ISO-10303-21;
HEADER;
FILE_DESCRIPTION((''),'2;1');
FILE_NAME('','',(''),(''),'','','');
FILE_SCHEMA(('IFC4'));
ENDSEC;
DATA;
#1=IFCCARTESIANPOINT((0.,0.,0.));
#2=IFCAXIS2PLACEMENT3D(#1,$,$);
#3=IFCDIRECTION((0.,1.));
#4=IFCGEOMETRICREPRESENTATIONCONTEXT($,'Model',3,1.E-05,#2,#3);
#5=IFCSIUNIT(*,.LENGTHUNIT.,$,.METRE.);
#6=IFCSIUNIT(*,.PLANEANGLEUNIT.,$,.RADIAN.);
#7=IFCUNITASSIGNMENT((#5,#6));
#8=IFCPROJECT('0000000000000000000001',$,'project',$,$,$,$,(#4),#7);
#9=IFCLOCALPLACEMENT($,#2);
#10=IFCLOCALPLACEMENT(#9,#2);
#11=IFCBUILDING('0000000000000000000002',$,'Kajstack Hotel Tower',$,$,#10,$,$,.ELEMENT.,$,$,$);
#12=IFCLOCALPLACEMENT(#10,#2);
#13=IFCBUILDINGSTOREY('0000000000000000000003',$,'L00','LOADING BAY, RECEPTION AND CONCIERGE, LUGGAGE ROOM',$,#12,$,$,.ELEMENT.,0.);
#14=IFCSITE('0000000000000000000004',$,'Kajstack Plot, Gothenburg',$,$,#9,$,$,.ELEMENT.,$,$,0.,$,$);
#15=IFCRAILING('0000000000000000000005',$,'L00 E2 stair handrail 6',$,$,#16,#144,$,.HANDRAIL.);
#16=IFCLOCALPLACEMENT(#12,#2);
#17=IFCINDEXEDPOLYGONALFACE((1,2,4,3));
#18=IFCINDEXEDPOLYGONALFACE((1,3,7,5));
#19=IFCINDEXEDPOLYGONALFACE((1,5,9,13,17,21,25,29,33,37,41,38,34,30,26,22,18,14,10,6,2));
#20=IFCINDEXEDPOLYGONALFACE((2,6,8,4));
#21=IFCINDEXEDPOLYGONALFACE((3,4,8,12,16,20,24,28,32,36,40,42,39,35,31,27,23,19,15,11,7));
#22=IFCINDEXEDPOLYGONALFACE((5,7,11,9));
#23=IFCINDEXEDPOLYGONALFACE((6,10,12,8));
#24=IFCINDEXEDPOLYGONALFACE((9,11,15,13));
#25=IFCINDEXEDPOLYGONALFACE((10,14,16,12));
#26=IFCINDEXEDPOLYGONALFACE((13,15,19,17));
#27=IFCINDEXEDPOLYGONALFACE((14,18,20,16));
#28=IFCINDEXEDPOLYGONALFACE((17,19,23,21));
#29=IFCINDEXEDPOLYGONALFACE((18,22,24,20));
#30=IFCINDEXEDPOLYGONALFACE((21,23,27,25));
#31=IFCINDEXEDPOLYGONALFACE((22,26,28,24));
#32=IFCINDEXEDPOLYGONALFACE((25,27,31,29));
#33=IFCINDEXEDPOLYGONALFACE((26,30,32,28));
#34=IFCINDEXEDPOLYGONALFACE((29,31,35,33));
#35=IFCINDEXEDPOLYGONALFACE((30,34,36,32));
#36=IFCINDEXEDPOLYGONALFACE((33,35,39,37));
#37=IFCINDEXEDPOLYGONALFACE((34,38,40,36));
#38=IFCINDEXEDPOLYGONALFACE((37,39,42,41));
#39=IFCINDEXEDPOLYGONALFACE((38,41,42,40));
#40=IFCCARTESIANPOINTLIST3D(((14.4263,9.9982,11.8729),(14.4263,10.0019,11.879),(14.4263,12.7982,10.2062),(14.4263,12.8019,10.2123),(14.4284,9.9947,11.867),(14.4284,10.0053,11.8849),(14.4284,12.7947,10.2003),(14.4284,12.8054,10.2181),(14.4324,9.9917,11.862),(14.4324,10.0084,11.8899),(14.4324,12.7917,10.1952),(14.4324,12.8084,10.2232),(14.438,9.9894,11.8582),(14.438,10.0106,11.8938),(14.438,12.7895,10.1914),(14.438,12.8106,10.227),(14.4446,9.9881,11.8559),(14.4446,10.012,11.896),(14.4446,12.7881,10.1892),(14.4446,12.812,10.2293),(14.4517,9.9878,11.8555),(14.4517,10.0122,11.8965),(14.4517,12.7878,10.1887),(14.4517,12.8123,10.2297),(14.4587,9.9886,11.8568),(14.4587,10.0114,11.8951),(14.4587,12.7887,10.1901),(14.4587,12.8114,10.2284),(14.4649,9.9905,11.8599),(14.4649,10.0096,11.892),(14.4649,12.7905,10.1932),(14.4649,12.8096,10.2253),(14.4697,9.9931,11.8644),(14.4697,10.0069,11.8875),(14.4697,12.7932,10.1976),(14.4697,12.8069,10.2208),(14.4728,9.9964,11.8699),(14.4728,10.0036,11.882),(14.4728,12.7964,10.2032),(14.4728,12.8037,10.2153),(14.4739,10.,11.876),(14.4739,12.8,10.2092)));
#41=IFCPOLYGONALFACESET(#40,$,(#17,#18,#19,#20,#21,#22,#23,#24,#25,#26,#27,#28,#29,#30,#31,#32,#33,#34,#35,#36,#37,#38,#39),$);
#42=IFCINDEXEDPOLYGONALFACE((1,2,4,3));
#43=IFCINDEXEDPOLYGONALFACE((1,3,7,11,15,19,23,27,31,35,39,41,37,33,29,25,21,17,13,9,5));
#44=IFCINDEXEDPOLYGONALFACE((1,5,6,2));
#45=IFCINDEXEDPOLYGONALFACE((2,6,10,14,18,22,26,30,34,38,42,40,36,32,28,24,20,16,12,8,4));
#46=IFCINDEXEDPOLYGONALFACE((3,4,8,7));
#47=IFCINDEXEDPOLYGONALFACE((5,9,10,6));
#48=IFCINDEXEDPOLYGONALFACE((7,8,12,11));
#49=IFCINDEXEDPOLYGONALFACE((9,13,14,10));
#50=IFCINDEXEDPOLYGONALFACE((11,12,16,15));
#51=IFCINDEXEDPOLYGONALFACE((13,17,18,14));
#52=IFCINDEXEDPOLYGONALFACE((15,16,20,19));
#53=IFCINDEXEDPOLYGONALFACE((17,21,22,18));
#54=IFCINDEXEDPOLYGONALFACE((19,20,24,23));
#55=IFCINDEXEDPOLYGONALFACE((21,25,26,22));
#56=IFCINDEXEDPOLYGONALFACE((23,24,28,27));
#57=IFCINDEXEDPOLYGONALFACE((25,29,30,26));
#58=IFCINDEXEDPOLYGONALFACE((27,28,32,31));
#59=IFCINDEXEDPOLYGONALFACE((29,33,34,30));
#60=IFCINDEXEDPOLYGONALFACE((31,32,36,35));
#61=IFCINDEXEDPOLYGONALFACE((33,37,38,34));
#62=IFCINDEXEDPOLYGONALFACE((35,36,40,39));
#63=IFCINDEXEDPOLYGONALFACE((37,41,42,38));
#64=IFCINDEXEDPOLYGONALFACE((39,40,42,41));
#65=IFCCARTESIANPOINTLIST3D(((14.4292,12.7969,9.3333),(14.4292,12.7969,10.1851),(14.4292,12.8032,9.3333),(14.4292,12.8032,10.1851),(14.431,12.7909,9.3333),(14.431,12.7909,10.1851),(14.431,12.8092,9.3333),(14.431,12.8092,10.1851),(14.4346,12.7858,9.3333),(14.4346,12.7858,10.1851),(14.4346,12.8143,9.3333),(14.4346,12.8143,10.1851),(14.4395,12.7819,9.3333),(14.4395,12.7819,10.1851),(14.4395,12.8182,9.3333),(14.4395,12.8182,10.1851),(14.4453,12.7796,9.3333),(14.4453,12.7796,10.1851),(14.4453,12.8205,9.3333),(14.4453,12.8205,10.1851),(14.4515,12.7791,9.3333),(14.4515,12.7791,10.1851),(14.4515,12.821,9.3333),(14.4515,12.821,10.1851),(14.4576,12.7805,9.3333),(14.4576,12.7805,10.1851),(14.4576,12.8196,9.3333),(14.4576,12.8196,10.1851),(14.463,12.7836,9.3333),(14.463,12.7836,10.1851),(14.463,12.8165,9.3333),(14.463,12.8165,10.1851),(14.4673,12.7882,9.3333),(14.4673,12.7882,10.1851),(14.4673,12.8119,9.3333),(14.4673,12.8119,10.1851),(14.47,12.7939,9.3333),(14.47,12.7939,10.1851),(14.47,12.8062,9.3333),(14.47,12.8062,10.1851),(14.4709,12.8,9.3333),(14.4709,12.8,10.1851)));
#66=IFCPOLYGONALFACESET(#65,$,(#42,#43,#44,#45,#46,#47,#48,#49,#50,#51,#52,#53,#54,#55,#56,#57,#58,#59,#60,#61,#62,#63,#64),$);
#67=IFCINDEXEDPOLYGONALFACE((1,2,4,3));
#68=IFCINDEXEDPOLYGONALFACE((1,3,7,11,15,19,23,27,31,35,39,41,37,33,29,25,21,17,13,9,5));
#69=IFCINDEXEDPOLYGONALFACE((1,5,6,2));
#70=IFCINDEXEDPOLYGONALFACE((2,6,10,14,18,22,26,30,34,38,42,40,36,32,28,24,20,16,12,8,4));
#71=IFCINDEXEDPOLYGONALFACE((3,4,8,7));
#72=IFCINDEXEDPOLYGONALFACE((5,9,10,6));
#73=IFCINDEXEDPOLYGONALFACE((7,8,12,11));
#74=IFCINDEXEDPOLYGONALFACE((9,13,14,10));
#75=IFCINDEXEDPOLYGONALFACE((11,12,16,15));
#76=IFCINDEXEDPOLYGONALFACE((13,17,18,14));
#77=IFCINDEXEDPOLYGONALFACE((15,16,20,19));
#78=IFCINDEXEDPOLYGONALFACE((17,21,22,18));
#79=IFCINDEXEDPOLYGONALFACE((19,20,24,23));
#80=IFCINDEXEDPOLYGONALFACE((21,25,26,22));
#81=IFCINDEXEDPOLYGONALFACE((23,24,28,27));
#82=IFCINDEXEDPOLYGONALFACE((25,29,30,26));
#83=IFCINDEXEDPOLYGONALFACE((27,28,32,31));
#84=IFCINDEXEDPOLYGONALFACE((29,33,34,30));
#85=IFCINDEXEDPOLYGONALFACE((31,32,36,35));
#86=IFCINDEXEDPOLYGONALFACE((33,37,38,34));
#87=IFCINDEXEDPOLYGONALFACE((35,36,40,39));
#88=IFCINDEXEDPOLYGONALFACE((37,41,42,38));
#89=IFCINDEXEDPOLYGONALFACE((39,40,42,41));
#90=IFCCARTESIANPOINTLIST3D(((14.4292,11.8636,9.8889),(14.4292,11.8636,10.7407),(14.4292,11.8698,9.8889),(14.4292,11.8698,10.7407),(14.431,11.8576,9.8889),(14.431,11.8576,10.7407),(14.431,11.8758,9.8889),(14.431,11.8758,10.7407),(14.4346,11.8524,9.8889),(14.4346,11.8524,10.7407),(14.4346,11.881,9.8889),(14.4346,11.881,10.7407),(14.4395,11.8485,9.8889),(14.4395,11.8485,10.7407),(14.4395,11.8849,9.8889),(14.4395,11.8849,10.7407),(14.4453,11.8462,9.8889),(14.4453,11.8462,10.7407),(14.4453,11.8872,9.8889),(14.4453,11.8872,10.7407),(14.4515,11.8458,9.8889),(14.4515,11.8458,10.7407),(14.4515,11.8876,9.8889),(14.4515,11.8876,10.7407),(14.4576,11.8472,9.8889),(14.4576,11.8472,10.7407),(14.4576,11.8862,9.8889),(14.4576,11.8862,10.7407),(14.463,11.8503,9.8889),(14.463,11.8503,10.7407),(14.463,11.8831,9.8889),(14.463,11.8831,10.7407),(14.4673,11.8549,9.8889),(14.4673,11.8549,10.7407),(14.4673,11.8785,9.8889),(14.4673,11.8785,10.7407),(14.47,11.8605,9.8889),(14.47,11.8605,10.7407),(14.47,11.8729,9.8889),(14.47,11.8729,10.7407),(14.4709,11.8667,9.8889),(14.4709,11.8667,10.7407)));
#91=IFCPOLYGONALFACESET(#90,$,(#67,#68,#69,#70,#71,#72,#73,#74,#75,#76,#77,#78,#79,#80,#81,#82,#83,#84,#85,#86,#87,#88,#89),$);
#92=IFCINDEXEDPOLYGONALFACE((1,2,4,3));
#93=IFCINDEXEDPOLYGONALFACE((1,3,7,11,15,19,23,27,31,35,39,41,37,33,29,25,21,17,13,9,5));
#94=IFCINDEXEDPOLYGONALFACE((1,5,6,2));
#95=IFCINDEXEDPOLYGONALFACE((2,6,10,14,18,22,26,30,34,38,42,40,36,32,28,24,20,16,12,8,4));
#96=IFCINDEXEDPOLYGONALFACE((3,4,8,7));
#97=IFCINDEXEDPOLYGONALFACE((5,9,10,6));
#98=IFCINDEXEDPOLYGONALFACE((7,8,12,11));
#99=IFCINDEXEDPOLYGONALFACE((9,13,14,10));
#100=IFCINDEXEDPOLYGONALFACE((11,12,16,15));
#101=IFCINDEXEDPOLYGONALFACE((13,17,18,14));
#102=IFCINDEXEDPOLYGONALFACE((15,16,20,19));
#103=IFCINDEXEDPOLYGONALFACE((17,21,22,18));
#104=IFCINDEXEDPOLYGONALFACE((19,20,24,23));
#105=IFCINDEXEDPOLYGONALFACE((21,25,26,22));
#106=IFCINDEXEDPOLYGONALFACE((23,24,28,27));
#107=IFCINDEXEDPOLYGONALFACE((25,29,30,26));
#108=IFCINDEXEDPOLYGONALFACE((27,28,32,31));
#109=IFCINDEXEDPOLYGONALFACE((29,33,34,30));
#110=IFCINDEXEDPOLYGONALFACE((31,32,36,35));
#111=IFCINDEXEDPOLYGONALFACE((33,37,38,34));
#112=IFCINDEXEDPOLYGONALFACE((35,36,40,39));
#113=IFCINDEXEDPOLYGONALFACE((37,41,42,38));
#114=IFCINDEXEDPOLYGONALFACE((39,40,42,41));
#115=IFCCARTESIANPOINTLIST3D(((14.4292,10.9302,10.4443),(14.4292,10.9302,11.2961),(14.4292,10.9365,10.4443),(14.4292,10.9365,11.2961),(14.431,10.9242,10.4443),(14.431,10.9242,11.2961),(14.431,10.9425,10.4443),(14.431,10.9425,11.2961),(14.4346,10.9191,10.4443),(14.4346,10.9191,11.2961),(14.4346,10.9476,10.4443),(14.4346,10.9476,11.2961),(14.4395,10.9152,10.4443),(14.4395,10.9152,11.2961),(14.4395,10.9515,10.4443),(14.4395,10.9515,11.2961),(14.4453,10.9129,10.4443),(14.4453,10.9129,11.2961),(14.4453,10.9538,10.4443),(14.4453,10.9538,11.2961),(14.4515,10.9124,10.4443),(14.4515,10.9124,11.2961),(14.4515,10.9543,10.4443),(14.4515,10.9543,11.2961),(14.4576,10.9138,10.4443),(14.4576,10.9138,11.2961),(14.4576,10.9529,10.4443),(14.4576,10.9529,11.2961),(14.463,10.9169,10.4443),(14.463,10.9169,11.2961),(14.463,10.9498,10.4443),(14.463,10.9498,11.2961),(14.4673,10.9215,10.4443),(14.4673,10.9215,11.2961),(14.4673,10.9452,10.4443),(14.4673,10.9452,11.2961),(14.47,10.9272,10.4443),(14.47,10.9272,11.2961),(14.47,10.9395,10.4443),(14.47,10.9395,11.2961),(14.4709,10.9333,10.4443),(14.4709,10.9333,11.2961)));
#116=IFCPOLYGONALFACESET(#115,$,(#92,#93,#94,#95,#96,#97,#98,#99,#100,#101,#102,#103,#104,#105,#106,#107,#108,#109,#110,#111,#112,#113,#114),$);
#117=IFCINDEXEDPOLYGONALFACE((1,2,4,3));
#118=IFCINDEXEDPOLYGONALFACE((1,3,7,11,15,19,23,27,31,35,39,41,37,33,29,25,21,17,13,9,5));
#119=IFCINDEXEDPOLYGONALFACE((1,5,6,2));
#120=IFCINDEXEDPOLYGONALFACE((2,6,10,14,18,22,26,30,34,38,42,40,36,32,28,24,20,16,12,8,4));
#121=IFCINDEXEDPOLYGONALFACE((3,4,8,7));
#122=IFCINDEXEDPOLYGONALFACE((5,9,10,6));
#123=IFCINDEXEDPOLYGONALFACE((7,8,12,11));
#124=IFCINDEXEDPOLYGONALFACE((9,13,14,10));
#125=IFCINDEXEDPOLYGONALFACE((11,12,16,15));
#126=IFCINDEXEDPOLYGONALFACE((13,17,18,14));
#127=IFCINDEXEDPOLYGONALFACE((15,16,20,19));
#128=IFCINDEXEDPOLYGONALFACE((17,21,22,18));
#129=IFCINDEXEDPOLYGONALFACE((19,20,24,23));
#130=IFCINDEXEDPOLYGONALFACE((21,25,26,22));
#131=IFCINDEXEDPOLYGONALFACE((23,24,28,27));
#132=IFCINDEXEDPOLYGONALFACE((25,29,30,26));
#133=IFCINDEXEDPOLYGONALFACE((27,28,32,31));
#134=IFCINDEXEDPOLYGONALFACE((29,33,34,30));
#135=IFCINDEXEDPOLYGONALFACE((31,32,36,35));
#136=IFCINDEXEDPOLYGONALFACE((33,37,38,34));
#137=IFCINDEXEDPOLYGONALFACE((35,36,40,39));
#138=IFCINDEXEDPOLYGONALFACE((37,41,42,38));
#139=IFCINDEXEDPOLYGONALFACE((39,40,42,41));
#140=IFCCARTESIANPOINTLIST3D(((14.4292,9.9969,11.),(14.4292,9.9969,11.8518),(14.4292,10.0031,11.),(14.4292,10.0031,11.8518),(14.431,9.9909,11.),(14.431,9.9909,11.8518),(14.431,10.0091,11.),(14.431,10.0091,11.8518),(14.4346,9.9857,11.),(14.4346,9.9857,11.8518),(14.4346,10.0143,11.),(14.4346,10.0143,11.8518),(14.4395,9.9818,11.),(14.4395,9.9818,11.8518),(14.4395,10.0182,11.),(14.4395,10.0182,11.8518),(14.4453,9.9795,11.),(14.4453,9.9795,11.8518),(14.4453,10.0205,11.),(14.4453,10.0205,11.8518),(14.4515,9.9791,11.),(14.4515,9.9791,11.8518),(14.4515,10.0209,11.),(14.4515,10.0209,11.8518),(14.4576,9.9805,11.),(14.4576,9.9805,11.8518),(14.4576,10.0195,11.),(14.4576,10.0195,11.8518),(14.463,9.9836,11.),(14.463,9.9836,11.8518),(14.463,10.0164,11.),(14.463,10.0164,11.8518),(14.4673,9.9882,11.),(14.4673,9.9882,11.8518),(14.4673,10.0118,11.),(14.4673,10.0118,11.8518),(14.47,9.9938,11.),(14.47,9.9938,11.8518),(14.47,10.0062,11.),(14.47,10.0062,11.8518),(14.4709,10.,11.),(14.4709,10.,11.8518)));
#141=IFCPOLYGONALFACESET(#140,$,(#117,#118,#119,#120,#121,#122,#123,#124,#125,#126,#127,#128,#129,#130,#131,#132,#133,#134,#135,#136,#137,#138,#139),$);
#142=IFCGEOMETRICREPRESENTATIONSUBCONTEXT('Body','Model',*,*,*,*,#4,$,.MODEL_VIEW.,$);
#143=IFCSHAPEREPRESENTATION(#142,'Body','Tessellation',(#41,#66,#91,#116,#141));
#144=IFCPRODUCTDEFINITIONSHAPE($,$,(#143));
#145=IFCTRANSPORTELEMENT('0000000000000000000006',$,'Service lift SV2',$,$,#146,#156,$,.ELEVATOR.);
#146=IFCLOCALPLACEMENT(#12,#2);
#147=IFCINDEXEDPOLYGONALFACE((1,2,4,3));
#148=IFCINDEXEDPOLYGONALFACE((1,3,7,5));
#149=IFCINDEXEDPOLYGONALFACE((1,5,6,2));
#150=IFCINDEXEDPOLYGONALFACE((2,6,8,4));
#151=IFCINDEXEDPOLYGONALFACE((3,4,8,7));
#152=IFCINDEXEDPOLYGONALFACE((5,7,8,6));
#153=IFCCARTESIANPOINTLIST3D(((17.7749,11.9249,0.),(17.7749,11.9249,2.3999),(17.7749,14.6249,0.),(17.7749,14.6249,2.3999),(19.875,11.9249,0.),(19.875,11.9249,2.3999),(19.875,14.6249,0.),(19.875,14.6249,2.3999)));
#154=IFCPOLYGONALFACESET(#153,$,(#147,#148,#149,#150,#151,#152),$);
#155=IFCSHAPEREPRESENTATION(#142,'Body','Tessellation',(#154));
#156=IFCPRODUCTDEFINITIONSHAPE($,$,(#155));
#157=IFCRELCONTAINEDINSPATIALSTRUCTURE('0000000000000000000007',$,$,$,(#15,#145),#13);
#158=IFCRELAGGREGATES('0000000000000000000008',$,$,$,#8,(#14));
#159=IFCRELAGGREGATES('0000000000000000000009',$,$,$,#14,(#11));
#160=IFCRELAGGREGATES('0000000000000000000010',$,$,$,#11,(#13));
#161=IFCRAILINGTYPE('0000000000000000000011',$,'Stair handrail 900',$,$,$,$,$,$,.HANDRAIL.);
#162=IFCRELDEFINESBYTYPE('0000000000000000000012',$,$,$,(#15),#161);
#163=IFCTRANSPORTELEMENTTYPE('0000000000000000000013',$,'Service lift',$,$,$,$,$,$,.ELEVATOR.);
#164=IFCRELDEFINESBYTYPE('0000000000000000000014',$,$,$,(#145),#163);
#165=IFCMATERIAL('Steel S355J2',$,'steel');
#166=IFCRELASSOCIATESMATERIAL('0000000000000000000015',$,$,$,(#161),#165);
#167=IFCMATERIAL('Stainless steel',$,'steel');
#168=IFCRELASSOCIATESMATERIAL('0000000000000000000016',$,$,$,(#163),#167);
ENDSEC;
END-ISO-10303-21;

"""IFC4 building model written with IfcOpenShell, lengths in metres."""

from ifc_helpers import new_model, si_unit, direction, frame, origin, origin_2d, place, context, subcontext, project, spatial, rectangle, circle, extrude, material, type_object, element, save


model = new_model("IFC4")

# Units and contexts
model_context = context("Model", 3, precision=1e-05, world=origin(), true_north=direction((0.0, 1.0)))
body_context = subcontext(model_context, "Body", "Model", "MODEL_VIEW")
ifc_project = project(units=[si_unit("LENGTHUNIT", "METRE"), si_unit("PLANEANGLEUNIT", "RADIAN")], contexts=[model_context])

# Site, building, storey
site_placement = place(None, origin())
site = spatial("IfcSite", under=ifc_project, at=site_placement, Name="Kajstack Plot, Gothenburg", CompositionType="ELEMENT", RefElevation=0.0)
building_placement = place(site_placement, origin())
building = spatial("IfcBuilding", under=site, at=building_placement, Name="Kajstack Hotel Tower", CompositionType="ELEMENT")
storey_placement = place(building_placement, origin())
storey = spatial("IfcBuildingStorey", under=building, at=storey_placement, Name="L00", Description="LOADING BAY, RECEPTION AND CONCIERGE, LUGGAGE ROOM", CompositionType="ELEMENT", Elevation=0.0)

# Shared definitions
ifc_material_1 = material(Name="Stainless steel", Category="steel")

# Railing
ifc_material_2 = material(Name="Steel S355J2", Category="steel")
railing_type = type_object("IfcRailingType", Name="Stair handrail 900", PredefinedType="HANDRAIL", material=ifc_material_2)
railing_1_placement = place(storey_placement, frame((14.45, 12.8, 9.3333)))
element("IfcRailing", 1, at=railing_1_placement, inside=storey, type_object=railing_type, Name="L00 E2 stair handrail 6", PredefinedType="HANDRAIL", context=body_context, shape_type="SweptSolid", body=[
    extrude(circle(Radius=0.0239, at=origin_2d()), frame((0.0, 0.0, 0.876), z_axis=(0.0, -0.859286, 0.511496), x_axis=(1.0, 0.0, 0.0)), (0.0, 0.0, 1.0), 3.2585),
    extrude(circle(Radius=0.021, at=origin_2d()), origin(), (0.0, 0.0, 1.0), 0.8518),
    extrude(circle(Radius=0.021, at=origin_2d()), frame((0.0, -0.9333, 0.5557)), (0.0, 0.0, 1.0), 0.8518),
    extrude(circle(Radius=0.021, at=origin_2d()), frame((0.0, -1.8667, 1.1111)), (0.0, 0.0, 1.0), 0.8518),
    extrude(circle(Radius=0.021, at=origin_2d()), frame((0.0, -2.8, 1.6667)), (0.0, 0.0, 1.0), 0.8518),
])

# Transport element
transport_element_type = type_object("IfcTransportElementType", Name="Service lift", PredefinedType="ELEVATOR", material=ifc_material_1)
transport_element_placement = place(storey_placement, frame((18.825, 13.2749, 0.0), z_axis=(0.0, 0.0, 1.0), x_axis=(1.0, 0.0, 0.0)))
element("IfcTransportElement", 2, at=transport_element_placement, inside=storey, type_object=transport_element_type, Name="Service lift SV2", PredefinedType="ELEVATOR", context=body_context, shape_type="SweptSolid", body=[
    extrude(rectangle(XDim=2.1001, YDim=2.7, at=origin_2d()), origin(), (0.0, 0.0, 1.0), 2.3999),
])

save(model, "model.ifc")
